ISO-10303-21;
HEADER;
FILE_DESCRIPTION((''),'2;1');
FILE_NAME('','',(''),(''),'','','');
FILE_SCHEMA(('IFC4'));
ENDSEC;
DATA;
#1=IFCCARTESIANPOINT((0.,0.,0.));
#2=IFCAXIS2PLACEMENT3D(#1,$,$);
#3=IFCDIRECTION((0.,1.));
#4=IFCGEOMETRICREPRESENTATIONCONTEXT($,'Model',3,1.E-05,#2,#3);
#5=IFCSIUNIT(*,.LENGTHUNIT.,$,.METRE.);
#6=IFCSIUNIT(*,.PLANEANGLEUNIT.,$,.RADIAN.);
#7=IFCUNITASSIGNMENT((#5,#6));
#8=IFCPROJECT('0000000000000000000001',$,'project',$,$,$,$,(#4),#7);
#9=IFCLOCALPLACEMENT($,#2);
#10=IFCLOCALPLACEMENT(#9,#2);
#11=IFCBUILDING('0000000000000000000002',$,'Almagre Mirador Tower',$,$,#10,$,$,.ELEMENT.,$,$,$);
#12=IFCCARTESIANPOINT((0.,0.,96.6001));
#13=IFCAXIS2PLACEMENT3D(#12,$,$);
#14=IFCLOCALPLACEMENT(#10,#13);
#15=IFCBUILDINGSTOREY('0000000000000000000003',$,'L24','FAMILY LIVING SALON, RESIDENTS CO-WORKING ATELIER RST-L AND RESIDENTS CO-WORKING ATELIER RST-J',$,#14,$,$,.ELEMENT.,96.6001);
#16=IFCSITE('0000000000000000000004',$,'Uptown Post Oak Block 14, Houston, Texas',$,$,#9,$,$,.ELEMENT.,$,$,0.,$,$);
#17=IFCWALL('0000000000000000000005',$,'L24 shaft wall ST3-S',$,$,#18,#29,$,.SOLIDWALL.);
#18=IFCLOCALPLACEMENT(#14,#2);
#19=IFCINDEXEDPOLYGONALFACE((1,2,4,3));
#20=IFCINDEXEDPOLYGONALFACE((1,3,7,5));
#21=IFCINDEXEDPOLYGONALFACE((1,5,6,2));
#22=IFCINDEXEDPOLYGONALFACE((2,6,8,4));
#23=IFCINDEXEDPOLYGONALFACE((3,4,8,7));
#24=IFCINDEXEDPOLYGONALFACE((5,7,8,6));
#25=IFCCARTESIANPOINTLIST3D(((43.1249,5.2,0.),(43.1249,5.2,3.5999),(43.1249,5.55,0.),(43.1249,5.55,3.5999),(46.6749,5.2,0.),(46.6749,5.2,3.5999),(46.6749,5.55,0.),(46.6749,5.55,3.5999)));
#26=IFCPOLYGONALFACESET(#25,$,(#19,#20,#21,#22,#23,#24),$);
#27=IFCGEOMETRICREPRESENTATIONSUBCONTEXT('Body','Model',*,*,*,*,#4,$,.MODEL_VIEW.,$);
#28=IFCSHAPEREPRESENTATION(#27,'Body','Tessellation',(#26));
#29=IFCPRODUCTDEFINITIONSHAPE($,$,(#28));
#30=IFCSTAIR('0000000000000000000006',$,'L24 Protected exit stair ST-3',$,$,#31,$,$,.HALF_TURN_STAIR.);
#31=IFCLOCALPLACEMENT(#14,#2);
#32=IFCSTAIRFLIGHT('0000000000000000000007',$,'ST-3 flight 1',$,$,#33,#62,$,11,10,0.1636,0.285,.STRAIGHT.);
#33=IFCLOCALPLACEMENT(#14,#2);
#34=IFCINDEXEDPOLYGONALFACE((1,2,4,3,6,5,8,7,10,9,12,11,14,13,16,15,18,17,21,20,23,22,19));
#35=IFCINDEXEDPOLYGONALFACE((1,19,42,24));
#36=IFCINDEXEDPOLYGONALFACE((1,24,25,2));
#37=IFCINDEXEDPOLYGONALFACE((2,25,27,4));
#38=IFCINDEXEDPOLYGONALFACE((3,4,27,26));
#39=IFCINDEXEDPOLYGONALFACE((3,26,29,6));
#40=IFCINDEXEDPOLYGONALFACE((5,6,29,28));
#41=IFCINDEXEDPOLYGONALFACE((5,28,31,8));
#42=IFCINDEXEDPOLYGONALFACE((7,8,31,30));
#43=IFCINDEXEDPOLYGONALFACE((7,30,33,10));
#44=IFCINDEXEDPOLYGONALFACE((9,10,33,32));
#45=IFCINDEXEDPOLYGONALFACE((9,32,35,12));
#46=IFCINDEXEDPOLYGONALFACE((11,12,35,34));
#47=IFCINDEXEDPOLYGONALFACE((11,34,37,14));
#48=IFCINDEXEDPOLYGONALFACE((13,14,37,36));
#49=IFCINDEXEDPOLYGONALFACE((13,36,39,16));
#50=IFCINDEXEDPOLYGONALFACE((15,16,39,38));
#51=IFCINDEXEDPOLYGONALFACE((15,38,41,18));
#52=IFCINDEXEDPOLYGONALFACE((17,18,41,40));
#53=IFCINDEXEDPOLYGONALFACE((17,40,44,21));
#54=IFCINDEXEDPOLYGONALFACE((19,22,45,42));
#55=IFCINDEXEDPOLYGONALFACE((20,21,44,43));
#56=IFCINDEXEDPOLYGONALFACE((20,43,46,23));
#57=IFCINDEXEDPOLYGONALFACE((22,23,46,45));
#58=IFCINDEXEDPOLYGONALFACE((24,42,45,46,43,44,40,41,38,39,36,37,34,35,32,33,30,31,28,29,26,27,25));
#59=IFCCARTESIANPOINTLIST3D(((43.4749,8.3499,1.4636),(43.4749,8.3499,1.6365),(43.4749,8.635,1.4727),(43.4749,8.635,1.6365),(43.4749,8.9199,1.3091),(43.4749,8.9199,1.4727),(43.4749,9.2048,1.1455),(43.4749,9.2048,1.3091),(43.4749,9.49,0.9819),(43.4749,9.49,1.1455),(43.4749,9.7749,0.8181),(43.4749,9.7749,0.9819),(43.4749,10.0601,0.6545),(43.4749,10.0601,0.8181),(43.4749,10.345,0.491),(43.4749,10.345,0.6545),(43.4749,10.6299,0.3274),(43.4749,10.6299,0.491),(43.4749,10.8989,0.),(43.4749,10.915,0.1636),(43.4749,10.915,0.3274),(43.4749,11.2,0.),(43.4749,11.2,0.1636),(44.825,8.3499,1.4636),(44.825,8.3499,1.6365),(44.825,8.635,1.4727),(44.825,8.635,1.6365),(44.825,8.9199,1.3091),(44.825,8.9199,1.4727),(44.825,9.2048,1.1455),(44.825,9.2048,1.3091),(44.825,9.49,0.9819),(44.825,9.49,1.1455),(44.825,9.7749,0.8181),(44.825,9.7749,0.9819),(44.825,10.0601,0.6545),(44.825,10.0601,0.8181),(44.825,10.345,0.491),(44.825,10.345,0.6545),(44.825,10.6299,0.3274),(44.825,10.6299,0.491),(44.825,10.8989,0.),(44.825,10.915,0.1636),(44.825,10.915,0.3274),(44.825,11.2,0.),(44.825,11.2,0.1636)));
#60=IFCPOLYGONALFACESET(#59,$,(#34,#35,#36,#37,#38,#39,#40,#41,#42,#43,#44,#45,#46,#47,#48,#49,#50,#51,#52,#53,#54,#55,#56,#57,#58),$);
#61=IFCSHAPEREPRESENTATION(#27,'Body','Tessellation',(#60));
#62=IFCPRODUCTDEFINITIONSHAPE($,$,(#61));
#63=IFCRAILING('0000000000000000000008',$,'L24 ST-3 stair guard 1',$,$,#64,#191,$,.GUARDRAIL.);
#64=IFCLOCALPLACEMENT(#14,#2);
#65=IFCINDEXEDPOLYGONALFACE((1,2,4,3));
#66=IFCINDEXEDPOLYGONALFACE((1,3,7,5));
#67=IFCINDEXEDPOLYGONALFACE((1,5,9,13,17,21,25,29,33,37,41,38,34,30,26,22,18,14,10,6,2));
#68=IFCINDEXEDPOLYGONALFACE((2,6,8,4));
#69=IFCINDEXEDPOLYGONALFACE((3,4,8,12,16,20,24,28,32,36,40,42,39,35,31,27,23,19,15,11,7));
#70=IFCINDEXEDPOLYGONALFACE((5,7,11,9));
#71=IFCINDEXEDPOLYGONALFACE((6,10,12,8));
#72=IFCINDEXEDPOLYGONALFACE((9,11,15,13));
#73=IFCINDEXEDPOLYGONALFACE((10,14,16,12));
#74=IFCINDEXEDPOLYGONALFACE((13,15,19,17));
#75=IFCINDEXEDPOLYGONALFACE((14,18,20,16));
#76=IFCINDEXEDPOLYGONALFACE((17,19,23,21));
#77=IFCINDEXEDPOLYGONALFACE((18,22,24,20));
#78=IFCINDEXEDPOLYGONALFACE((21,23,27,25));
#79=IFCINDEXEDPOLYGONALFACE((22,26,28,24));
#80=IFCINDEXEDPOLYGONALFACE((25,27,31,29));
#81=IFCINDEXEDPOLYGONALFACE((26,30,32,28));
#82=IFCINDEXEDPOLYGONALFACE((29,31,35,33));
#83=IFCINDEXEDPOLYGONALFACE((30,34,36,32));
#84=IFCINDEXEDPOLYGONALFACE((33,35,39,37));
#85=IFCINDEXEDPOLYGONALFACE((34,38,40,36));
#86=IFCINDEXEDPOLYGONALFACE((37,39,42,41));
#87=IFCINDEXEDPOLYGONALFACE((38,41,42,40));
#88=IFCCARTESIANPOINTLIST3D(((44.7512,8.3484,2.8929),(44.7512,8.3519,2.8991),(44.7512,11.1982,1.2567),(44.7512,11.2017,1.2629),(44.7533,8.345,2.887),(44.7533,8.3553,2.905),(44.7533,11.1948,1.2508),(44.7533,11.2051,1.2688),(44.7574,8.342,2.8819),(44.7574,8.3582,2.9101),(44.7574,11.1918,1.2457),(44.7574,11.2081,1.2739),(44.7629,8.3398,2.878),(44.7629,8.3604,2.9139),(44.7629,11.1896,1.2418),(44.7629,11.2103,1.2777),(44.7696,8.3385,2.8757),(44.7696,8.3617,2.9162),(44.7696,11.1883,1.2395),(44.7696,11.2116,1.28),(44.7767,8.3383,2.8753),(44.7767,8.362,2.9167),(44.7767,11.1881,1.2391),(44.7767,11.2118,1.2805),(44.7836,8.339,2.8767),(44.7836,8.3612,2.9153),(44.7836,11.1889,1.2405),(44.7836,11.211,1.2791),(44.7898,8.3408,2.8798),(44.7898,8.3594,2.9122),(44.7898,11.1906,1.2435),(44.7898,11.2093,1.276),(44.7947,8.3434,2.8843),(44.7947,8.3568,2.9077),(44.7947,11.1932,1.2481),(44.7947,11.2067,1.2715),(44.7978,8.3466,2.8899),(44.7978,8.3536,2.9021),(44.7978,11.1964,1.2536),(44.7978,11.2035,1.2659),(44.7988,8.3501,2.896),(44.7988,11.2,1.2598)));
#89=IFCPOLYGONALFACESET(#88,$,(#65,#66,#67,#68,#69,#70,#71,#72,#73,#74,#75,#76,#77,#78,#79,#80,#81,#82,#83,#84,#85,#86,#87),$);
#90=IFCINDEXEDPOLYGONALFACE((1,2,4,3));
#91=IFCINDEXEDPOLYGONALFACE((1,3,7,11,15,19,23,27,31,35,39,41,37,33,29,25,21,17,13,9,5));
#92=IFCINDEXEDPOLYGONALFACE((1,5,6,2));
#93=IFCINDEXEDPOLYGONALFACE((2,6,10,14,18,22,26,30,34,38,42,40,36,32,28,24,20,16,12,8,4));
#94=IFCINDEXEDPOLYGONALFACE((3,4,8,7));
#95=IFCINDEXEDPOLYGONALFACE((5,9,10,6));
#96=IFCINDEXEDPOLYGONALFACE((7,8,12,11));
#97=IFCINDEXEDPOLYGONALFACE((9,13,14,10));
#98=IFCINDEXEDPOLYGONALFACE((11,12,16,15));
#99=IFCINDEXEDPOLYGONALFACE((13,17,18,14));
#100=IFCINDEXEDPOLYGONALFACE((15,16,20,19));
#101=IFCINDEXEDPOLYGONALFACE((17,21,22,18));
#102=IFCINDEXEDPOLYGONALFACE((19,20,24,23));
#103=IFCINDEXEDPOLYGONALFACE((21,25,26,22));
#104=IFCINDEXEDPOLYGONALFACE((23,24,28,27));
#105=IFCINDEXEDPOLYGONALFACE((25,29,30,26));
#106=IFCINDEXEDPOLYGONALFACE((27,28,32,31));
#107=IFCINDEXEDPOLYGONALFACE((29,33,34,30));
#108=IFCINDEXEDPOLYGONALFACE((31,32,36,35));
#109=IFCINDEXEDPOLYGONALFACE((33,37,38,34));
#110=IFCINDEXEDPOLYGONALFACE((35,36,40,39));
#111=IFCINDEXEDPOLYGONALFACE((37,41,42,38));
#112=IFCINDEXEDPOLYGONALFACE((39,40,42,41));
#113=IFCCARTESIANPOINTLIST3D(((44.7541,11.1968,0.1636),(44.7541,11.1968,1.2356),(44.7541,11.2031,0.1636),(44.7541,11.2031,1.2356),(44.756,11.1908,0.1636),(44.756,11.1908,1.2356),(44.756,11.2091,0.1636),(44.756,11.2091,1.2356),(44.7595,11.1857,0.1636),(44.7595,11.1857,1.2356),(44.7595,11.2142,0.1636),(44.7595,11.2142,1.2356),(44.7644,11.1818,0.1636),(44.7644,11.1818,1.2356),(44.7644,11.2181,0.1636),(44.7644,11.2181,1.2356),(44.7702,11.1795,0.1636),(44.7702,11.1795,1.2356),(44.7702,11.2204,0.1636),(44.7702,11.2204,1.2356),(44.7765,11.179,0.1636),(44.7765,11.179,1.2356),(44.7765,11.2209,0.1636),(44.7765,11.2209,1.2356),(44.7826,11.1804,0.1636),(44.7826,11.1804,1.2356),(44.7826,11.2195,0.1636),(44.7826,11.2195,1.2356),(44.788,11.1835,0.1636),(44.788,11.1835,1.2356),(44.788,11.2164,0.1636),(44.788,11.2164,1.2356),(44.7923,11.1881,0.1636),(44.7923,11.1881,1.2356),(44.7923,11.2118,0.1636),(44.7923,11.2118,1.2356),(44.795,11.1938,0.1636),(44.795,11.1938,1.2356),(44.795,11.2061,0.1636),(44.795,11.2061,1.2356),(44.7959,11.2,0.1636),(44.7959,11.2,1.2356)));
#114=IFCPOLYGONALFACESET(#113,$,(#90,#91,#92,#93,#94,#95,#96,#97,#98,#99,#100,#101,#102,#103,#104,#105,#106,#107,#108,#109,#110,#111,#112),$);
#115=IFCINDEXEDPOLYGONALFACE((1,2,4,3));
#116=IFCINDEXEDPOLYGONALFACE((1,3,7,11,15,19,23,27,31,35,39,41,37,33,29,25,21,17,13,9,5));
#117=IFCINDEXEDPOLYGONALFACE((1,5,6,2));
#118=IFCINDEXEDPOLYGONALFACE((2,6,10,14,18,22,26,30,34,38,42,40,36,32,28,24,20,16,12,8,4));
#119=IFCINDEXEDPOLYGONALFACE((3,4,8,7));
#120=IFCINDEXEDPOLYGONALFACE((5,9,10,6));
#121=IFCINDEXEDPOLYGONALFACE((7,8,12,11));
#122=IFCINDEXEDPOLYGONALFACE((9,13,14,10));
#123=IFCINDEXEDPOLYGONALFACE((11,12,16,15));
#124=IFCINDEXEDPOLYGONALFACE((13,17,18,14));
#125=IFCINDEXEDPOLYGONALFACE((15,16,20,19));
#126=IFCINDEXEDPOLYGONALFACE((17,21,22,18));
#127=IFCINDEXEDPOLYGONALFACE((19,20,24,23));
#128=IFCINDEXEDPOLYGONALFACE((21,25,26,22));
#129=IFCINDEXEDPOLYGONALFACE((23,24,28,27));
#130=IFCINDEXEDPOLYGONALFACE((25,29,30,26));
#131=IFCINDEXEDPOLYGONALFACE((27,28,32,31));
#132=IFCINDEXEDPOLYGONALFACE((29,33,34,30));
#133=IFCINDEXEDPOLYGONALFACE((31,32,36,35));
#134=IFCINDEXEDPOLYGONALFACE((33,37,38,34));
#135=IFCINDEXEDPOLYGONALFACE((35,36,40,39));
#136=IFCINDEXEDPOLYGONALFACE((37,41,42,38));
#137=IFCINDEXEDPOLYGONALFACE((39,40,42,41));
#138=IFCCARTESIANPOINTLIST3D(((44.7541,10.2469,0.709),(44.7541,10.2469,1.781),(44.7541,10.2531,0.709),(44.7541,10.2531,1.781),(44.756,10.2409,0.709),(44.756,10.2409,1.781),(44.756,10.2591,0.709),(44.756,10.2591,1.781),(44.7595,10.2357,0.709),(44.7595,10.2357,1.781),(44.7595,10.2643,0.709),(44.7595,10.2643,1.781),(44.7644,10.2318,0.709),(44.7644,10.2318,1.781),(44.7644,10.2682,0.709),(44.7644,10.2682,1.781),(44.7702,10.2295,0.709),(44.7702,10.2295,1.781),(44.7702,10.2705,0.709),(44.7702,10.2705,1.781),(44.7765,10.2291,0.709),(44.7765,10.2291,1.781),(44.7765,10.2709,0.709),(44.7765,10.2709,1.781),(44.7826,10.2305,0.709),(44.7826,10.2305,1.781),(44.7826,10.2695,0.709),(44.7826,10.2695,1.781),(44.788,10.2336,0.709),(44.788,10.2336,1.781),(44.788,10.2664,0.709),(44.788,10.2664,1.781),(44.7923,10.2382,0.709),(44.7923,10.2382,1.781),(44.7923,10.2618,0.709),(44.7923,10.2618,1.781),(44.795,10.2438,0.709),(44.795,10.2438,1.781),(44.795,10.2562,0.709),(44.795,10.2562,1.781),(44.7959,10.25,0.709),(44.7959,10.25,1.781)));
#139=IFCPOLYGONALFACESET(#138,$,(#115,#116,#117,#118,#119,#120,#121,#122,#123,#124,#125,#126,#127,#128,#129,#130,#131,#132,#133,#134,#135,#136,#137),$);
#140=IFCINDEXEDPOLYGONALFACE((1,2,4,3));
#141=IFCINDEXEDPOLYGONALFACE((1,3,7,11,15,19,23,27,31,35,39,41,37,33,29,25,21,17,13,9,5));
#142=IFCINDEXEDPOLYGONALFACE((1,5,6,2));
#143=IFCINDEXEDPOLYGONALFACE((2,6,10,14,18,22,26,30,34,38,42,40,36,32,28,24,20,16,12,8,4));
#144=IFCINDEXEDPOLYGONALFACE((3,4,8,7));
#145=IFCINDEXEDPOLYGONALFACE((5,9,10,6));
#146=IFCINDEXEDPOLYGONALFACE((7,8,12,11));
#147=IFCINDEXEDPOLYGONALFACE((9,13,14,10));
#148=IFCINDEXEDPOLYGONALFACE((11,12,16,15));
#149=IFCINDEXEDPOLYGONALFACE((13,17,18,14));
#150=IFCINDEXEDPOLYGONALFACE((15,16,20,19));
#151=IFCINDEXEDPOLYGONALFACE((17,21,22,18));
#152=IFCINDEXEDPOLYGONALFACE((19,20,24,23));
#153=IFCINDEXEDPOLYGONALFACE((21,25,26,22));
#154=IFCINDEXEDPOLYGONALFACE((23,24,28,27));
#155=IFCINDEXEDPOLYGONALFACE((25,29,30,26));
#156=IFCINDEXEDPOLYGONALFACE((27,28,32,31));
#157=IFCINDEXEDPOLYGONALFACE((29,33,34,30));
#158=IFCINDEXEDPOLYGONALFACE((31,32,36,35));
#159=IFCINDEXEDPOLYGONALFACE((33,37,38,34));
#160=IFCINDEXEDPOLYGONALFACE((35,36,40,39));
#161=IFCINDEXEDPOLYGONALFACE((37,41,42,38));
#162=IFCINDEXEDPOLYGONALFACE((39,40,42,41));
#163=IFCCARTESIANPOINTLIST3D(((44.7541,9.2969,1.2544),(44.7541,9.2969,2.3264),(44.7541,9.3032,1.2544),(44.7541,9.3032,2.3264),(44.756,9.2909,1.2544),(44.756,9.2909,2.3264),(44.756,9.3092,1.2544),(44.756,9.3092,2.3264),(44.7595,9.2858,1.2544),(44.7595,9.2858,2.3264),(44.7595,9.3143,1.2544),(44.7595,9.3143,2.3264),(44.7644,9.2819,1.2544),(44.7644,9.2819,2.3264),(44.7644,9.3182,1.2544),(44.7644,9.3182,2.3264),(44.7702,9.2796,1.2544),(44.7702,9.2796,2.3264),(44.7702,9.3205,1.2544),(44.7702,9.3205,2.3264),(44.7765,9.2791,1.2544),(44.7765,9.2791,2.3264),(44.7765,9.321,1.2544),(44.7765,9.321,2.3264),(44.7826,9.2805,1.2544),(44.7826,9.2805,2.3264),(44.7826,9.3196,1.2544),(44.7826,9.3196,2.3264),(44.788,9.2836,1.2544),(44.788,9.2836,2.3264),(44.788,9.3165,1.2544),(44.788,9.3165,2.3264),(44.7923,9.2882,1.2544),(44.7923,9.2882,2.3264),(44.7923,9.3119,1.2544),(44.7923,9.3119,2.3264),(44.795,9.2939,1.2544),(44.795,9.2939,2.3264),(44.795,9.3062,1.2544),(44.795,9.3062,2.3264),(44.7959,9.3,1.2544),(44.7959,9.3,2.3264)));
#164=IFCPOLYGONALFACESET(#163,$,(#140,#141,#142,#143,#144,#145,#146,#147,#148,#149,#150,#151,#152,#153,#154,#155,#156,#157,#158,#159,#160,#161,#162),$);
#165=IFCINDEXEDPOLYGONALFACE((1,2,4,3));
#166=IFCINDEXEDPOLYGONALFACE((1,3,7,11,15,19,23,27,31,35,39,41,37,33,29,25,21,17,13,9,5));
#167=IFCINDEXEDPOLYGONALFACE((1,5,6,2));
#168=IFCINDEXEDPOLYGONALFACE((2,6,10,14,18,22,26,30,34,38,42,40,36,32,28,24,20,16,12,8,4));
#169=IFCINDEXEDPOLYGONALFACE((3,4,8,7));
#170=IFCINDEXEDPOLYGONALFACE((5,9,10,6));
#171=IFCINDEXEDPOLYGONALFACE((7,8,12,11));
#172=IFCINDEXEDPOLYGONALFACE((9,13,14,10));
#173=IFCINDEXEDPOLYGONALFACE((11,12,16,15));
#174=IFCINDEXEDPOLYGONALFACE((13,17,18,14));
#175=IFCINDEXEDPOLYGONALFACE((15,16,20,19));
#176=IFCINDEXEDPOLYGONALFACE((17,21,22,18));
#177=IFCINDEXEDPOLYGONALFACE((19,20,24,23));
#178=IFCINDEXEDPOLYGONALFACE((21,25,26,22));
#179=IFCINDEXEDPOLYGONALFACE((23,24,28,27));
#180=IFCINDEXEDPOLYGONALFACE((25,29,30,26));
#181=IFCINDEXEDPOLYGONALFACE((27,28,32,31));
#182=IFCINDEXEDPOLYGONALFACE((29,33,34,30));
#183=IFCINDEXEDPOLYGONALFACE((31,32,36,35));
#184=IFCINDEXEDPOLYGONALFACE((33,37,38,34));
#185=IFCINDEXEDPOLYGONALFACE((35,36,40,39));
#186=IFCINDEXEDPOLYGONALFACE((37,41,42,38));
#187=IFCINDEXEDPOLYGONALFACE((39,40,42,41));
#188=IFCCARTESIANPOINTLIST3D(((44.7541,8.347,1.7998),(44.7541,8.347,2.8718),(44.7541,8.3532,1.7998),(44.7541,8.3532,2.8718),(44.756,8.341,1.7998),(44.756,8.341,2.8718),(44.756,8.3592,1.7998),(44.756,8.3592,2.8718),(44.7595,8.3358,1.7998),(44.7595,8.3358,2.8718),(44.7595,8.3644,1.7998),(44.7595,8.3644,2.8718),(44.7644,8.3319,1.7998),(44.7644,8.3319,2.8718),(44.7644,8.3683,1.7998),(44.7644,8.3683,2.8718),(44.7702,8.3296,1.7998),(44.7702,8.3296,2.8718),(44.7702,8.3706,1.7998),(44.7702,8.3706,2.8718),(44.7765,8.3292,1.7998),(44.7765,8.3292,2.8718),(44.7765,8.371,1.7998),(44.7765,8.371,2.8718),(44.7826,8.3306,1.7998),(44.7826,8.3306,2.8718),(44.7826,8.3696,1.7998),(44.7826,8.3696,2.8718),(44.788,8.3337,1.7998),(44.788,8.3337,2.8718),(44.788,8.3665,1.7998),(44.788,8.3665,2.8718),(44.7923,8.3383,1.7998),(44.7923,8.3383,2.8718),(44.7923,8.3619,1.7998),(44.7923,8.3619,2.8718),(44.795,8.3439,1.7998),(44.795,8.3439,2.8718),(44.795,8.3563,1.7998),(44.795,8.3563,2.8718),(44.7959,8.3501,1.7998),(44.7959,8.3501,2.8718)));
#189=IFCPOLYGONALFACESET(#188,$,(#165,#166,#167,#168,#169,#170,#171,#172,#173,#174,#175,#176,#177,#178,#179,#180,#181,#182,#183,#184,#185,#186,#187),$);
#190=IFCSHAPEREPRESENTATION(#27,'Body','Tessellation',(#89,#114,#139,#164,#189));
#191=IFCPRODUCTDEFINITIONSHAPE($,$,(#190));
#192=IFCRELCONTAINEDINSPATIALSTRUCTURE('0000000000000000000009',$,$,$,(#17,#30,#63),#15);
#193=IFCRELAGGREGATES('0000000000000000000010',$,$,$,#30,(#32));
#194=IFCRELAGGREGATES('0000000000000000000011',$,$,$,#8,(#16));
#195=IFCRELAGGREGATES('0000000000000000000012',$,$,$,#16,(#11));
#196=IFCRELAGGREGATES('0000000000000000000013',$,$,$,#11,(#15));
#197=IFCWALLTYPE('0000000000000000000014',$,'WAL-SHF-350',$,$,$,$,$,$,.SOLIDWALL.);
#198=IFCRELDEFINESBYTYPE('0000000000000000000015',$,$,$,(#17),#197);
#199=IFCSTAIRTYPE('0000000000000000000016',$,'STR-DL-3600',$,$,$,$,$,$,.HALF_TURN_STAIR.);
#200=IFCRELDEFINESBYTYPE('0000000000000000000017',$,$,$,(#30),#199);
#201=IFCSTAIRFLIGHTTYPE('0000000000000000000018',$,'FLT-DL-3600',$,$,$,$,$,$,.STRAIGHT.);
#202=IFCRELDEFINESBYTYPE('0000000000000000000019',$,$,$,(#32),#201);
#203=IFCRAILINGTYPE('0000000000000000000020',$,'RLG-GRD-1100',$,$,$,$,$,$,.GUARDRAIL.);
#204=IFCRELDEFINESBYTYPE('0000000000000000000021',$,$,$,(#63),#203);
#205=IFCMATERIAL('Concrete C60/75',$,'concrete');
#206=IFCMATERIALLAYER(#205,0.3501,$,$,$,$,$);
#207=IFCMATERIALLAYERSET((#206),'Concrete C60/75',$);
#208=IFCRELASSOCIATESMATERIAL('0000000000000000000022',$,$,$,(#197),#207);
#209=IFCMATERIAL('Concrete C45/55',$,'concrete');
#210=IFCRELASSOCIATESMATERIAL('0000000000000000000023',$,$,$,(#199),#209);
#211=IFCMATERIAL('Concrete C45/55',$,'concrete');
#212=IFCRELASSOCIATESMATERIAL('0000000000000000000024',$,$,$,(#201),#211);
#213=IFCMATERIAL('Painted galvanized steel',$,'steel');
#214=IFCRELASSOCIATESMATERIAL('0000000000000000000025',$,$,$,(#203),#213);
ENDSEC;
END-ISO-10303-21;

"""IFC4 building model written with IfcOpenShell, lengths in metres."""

from ifc_helpers import new_model, si_unit, direction, frame, frame_2d, origin, origin_2d, place, context, subcontext, project, spatial, polyline, rectangle, circle, outline, extrude, material, layer, layer_set, type_object, element, aggregate, save


model = new_model("IFC4")

# Units and contexts
model_context = context("Model", 3, precision=1e-05, world=origin(), true_north=direction((0.0, 1.0)))
body_context = subcontext(model_context, "Body", "Model", "MODEL_VIEW")
ifc_project = project(units=[si_unit("LENGTHUNIT", "METRE"), si_unit("PLANEANGLEUNIT", "RADIAN")], contexts=[model_context])

# Site, building, storey
site_placement = place(None, origin())
site = spatial("IfcSite", under=ifc_project, at=site_placement, Name="Uptown Post Oak Block 14, Houston, Texas", CompositionType="ELEMENT", RefElevation=0.0)
building_placement = place(site_placement, origin())
building = spatial("IfcBuilding", under=site, at=building_placement, Name="Almagre Mirador Tower", CompositionType="ELEMENT")
storey_placement = place(building_placement, frame((0.0, 0.0, 96.6001)))
storey = spatial("IfcBuildingStorey", under=building, at=storey_placement, Name="L24", Description="FAMILY LIVING SALON, RESIDENTS CO-WORKING ATELIER RST-L AND RESIDENTS CO-WORKING ATELIER RST-J", CompositionType="ELEMENT", Elevation=96.6001)

# Shared definitions
ifc_material_1 = material(Name="Concrete C60/75", Category="concrete")
ifc_layer_1 = layer(ifc_material_1, 0.3501)
ifc_layer_set_1 = layer_set([ifc_layer_1], Name="Concrete C60/75")
wall_type_1 = type_object("IfcWallType", Name="WAL-SHF-350", PredefinedType="SOLIDWALL", material=ifc_layer_set_1)

# Wall
wall_1_placement = place(storey_placement, frame((43.125, 5.375, 0.0), z_axis=(0.0, 0.0, 1.0), x_axis=(1.0, 0.0, 0.0)))
element("IfcWall", 1, at=wall_1_placement, inside=storey, type_object=wall_type_1, Name="L24 shaft wall ST3-S", PredefinedType="SOLIDWALL", context=body_context, shape_type="SweptSolid", body=[
    extrude(rectangle(XDim=3.55, YDim=0.3501, at=frame_2d((1.7749, 0.0))), origin(), (0.0, 0.0, 1.0), 3.5999),
])

# Stair, stair flight
ifc_material_2 = material(Name="Concrete C45/55", Category="concrete")
stair_type = type_object("IfcStairType", Name="STR-DL-3600", PredefinedType="HALF_TURN_STAIR", material=ifc_material_2)
stair_placement = place(storey_placement, origin())
stair = element("IfcStair", 2, at=stair_placement, inside=storey, type_object=stair_type, Name="L24 Protected exit stair ST-3", PredefinedType="HALF_TURN_STAIR")
ifc_material_3 = material(Name="Concrete C45/55", Category="concrete")
stair_flight_type = type_object("IfcStairFlightType", Name="FLT-DL-3600", PredefinedType="STRAIGHT", material=ifc_material_3)
stair_flight_placement = place(storey_placement, frame((44.1499, 11.2, 0.0), z_axis=(0.0, 0.0, 1.0), x_axis=(0.0, -1.0, 0.0)))
stair_flight = element("IfcStairFlight", 3, at=stair_flight_placement, type_object=stair_flight_type, Name="ST-3 flight 1", NumberOfRisers=11, NumberOfTreads=10, PredefinedType="STRAIGHT", RiserHeight=0.1636, TreadLength=0.285, context=body_context, shape_type="SweptSolid", body=[
    extrude(outline(polyline([(0.0, 0.0), (0.0, 0.1636), (0.2849, 0.1636), (0.2849, 0.3274), (0.5701, 0.3274), (0.5701, 0.491), (0.855, 0.491), (0.855, 0.6545), (1.1399, 0.6545), (1.1399, 0.8181), (1.425, 0.8181), (1.425, 0.9819), (1.71, 0.9819), (1.71, 1.1455), (1.9951, 1.1455), (1.9951, 1.3091), (2.28, 1.3091), (2.28, 1.4727), (2.5649, 1.4727), (2.5649, 1.6365), (2.8501, 1.6365), (2.8501, 1.8), (2.8501, 1.4636), (0.301, 0.0), (0.0, 0.0)])), frame((0.0, 0.675, 0.0), z_axis=(0.0, -1.0, 0.0), x_axis=(1.0, 0.0, 0.0)), (0.0, 0.0, 1.0), 1.3501),
])
aggregate(stair, [stair_flight])

# Railing
ifc_material_4 = material(Name="Painted galvanized steel", Category="steel")
railing_type_1 = type_object("IfcRailingType", Name="RLG-GRD-1100", PredefinedType="GUARDRAIL", material=ifc_material_4)
railing_1_placement = place(storey_placement, frame((44.7749, 11.2, 0.1636)))
element("IfcRailing", 4, at=railing_1_placement, inside=storey, type_object=railing_type_1, Name="L24 ST-3 stair guard 1", PredefinedType="GUARDRAIL", context=body_context, shape_type="SweptSolid", body=[
    extrude(circle(Radius=0.0239, at=origin_2d()), frame((0.0, 0.0, 1.0962), z_axis=(0.0, -0.867226, 0.497914), x_axis=(1.0, 0.0, 0.0)), (0.0, 0.0, 1.0), 3.2861),
    extrude(circle(Radius=0.021, at=origin_2d()), origin(), (0.0, 0.0, 1.0), 1.072),
    extrude(circle(Radius=0.021, at=origin_2d()), frame((0.0, -0.95, 0.5454)), (0.0, 0.0, 1.0), 1.072),
    extrude(circle(Radius=0.021, at=origin_2d()), frame((0.0, -1.8999, 1.0908)), (0.0, 0.0, 1.0), 1.072),
    extrude(circle(Radius=0.021, at=origin_2d()), frame((0.0, -2.8499, 1.6362)), (0.0, 0.0, 1.0), 1.072),
])

save(model, "model.ifc")
